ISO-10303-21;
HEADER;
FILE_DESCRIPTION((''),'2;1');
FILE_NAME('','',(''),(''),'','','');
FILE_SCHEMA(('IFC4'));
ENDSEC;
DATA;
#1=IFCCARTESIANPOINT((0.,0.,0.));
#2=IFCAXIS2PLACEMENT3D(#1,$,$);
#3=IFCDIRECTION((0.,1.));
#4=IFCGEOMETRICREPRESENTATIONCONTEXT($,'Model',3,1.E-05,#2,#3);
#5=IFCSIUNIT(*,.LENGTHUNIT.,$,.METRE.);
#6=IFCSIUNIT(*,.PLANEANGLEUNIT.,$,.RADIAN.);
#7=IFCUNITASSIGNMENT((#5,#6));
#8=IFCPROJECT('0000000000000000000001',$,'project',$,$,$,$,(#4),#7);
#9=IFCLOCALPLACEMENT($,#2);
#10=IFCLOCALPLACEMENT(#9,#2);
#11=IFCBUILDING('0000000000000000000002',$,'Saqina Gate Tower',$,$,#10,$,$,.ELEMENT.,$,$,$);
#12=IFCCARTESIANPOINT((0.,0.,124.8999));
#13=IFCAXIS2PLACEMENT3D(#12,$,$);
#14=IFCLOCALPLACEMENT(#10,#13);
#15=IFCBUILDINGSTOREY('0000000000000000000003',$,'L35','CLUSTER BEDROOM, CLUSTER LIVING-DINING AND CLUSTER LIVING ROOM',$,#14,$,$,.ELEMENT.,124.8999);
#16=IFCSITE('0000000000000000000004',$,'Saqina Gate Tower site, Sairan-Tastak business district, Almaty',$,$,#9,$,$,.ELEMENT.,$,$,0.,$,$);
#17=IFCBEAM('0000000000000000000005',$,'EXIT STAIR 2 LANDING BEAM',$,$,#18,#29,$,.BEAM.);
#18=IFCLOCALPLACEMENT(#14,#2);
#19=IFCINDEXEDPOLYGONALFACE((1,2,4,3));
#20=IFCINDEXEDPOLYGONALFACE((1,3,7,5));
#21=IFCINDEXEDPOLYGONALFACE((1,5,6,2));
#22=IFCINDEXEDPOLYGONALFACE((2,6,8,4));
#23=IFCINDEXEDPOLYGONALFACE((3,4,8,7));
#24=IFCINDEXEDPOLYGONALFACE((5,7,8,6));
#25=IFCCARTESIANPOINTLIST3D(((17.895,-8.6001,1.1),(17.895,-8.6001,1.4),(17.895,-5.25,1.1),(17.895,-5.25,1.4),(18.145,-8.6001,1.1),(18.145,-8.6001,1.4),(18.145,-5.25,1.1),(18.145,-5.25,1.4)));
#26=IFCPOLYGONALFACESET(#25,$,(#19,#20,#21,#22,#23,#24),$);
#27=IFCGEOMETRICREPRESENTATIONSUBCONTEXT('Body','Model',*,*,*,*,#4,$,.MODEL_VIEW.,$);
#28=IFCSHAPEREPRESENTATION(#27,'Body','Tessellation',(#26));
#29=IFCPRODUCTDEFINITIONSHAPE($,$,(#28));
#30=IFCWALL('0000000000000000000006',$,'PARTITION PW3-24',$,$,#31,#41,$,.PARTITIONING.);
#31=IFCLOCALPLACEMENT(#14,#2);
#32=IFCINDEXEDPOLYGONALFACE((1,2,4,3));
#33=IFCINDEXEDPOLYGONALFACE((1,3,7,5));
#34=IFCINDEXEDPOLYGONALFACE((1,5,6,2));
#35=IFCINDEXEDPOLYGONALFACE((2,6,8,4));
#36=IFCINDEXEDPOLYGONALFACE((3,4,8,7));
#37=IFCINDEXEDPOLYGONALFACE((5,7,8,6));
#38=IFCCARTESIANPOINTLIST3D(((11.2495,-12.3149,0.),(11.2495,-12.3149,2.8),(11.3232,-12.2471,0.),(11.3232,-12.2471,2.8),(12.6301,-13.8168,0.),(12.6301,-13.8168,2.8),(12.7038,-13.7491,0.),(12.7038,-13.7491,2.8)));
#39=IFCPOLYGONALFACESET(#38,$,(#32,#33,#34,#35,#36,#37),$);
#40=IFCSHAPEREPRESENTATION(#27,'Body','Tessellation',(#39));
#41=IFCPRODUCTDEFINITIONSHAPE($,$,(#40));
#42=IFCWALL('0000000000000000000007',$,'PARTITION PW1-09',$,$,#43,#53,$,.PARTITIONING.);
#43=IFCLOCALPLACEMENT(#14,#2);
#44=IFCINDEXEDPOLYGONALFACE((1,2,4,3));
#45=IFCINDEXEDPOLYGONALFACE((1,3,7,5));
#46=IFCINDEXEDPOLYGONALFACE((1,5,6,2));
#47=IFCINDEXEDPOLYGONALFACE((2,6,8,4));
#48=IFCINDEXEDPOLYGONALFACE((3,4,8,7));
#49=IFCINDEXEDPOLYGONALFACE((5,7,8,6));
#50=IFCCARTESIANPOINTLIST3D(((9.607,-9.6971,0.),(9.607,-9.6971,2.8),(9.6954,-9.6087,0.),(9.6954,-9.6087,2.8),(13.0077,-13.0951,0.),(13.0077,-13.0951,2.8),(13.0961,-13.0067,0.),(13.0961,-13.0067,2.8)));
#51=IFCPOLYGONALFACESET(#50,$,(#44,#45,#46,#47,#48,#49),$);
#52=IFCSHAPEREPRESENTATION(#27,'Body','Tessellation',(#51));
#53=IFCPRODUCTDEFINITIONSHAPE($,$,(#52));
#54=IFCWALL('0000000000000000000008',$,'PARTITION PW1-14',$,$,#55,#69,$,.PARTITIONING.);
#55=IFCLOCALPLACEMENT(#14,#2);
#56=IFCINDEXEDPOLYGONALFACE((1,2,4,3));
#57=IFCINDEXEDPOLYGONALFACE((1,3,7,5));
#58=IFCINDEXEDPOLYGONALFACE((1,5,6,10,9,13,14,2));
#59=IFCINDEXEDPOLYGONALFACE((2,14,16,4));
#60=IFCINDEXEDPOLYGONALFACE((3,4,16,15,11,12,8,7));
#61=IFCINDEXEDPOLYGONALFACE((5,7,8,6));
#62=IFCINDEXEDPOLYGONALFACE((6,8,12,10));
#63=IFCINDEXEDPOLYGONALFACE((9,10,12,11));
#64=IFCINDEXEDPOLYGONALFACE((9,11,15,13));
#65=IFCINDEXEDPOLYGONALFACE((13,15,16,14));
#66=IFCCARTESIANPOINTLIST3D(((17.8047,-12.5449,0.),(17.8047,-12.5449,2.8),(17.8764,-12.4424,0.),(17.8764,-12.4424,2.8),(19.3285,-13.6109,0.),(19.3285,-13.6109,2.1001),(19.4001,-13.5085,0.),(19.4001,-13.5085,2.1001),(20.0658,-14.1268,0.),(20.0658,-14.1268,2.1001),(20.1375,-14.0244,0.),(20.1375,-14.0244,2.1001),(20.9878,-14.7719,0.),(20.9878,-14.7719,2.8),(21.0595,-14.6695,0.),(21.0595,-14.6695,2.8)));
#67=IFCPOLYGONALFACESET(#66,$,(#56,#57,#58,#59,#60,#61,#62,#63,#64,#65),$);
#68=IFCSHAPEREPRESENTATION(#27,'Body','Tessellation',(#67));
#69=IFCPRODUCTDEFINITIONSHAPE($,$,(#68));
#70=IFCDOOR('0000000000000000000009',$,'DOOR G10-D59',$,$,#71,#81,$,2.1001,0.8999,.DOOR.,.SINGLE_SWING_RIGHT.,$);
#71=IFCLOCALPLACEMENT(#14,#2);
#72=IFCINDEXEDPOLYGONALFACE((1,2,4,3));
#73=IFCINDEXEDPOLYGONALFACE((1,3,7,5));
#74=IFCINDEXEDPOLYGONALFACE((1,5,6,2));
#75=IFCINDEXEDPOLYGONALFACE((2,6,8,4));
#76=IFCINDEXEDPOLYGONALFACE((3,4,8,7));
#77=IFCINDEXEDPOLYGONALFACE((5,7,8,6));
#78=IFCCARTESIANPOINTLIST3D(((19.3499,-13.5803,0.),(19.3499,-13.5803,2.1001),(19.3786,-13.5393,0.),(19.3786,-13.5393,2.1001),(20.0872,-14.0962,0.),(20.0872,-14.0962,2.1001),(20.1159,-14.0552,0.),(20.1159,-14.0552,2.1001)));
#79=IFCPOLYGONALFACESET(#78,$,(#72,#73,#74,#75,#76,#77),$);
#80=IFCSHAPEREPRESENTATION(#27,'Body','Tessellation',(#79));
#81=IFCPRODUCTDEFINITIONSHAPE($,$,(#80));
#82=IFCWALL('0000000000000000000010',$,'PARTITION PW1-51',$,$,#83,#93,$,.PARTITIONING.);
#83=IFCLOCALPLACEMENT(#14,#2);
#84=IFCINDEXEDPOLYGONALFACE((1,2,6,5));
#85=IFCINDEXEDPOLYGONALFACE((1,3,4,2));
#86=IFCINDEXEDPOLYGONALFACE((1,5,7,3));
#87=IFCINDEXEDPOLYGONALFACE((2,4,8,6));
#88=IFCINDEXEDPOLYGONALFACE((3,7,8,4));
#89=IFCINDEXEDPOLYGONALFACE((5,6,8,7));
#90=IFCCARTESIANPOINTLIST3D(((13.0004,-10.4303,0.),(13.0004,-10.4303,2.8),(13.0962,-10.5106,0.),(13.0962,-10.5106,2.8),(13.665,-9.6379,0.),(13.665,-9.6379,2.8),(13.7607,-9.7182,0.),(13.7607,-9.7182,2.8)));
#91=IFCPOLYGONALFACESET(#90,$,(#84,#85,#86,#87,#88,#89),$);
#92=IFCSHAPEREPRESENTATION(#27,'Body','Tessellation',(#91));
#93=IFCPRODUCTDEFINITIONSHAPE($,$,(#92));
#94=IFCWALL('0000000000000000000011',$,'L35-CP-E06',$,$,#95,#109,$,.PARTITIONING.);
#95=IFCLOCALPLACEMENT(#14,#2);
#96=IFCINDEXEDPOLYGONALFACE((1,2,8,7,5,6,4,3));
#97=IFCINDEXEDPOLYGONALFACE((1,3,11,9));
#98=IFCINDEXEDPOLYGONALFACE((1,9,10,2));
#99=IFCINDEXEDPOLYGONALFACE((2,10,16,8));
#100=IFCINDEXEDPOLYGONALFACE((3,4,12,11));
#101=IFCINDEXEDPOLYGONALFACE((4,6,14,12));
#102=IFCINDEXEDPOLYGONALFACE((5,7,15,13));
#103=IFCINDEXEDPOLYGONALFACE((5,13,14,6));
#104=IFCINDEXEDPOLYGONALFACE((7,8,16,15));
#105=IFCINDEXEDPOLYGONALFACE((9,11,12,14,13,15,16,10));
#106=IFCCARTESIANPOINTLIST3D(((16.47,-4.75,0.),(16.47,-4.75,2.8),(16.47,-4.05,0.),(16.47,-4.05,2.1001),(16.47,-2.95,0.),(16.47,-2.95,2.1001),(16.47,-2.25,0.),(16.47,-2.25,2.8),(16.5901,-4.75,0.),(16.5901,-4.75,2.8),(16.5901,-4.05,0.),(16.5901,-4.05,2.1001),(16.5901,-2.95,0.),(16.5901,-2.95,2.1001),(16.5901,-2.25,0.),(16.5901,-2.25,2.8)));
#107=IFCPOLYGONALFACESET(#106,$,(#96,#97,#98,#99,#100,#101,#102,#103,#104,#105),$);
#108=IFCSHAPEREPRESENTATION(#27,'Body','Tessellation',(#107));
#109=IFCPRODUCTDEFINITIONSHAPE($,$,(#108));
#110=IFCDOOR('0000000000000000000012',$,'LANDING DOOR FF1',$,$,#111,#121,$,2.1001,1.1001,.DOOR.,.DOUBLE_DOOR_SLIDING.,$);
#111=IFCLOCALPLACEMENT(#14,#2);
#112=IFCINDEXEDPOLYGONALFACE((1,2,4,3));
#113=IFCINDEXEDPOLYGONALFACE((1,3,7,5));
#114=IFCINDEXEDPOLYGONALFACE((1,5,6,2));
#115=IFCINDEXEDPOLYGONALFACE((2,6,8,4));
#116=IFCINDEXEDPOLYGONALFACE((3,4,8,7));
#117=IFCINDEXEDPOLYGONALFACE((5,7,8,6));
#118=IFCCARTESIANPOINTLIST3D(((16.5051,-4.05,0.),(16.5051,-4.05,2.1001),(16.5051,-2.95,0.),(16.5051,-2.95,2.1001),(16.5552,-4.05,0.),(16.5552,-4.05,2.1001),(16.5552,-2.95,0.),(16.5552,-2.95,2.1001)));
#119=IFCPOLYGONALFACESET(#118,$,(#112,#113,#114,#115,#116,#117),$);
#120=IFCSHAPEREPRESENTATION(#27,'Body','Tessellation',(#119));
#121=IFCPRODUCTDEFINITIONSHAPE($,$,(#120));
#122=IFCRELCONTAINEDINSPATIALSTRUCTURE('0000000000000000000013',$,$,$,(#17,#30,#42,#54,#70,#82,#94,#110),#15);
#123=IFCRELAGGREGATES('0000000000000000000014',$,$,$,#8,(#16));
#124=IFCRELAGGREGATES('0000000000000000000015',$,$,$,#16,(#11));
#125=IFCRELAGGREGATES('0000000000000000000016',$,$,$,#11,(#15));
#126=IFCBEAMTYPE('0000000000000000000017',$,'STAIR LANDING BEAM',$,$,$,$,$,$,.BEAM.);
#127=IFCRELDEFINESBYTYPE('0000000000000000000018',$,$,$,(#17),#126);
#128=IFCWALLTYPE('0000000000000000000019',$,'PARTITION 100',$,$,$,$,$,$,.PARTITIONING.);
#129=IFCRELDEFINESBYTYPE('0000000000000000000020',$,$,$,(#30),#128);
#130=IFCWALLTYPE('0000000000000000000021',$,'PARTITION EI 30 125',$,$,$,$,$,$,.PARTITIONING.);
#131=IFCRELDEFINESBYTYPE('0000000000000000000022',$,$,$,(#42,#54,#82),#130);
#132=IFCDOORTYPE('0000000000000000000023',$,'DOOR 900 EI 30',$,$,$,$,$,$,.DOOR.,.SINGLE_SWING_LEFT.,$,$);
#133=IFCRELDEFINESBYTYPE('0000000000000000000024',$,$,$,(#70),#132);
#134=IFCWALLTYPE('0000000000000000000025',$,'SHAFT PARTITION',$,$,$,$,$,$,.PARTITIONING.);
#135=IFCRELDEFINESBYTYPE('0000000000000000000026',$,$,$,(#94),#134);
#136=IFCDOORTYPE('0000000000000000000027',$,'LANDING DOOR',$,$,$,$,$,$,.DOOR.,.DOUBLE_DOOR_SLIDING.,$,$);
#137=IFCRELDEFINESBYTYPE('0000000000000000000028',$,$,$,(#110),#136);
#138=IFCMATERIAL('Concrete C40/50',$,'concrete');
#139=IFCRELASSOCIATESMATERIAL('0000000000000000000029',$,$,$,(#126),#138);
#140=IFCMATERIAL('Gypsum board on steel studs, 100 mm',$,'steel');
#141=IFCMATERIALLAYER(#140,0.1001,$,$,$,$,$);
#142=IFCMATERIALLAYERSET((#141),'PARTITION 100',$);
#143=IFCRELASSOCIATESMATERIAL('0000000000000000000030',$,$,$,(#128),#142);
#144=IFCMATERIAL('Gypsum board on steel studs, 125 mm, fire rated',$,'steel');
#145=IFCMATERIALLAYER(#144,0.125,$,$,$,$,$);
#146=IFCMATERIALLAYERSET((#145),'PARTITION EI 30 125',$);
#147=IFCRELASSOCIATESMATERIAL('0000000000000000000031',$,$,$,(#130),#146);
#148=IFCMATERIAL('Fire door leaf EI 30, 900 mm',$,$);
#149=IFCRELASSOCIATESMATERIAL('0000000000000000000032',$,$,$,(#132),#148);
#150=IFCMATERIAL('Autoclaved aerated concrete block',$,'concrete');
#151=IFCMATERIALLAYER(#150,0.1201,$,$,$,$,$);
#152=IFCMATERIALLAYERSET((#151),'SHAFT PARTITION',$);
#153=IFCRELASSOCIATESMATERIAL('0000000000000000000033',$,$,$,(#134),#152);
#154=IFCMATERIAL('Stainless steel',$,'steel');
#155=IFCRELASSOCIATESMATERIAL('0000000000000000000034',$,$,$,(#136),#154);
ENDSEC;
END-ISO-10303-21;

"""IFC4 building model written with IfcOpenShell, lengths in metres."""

from ifc_helpers import new_model, si_unit, direction, frame, frame_2d, origin, origin_2d, place, context, subcontext, project, spatial, rectangle, extrude, material, layer, layer_set, material_profile, profile_set, type_object, element, fill, save


model = new_model("IFC4")

# Units and contexts
model_context = context("Model", 3, precision=1e-05, world=origin(), true_north=direction((0.0, 1.0)))
body_context = subcontext(model_context, "Body", "Model", "MODEL_VIEW")
ifc_project = project(units=[si_unit("LENGTHUNIT", "METRE"), si_unit("PLANEANGLEUNIT", "RADIAN")], contexts=[model_context])

# Site, building, storey
site_placement = place(None, origin())
site = spatial("IfcSite", under=ifc_project, at=site_placement, Name="Saqina Gate Tower site, Sairan-Tastak business district, Almaty", CompositionType="ELEMENT", RefElevation=0.0)
building_placement = place(site_placement, origin())
building = spatial("IfcBuilding", under=site, at=building_placement, Name="Saqina Gate Tower", CompositionType="ELEMENT")
storey_placement = place(building_placement, frame((0.0, 0.0, 124.8999)))
storey = spatial("IfcBuildingStorey", under=building, at=storey_placement, Name="L35", Description="CLUSTER BEDROOM, CLUSTER LIVING-DINING AND CLUSTER LIVING ROOM", CompositionType="ELEMENT", Elevation=124.8999)

# Beam
ifc_material_1 = material(Name="Concrete C40/50", Category="concrete")
ifc_material_profile = material_profile(ifc_material_1, rectangle(XDim=0.25, YDim=0.3, at=origin_2d()), Name="STAIR LANDING BEAM")
ifc_profile_set = profile_set([ifc_material_profile], Name="Concrete C40/50")
beam_type = type_object("IfcBeamType", Name="STAIR LANDING BEAM", PredefinedType="BEAM", material=ifc_profile_set)
beam_placement = place(storey_placement, frame((18.02, -8.6001, 1.25), z_axis=(0.0, 1.0, 0.0), x_axis=(-1.0, 0.0, 0.0)))
element("IfcBeam", 1, at=beam_placement, inside=storey, type_object=beam_type, Name="EXIT STAIR 2 LANDING BEAM", PredefinedType="BEAM", context=body_context, shape_type="SweptSolid", body=[
    extrude(rectangle(XDim=0.25, YDim=0.3, at=origin_2d()), origin(), (0.0, 0.0, 1.0), 3.3501),
])

# Walls
ifc_material_2 = material(Name="Gypsum board on steel studs, 100 mm", Category="steel")
ifc_layer_1 = layer(ifc_material_2, 0.1001)
ifc_layer_set_1 = layer_set([ifc_layer_1], Name="PARTITION 100")
wall_type_1 = type_object("IfcWallType", Name="PARTITION 100", PredefinedType="PARTITIONING", material=ifc_layer_set_1)
wall_1_placement = place(storey_placement, frame((11.2864, -12.281, 0.0), z_axis=(0.0, 0.0, 1.0), x_axis=(0.676743, -0.73622, 0.0)))
element("IfcWall", 2, at=wall_1_placement, inside=storey, type_object=wall_type_1, Name="PARTITION PW3-24", PredefinedType="PARTITIONING", context=body_context, shape_type="SweptSolid", body=[
    extrude(rectangle(XDim=2.04, YDim=0.1001, at=frame_2d((1.02, 0.0))), origin(), (0.0, 0.0, 1.0), 2.8),
])
ifc_material_3 = material(Name="Gypsum board on steel studs, 125 mm, fire rated", Category="steel")
ifc_layer_2 = layer(ifc_material_3, 0.125)
ifc_layer_set_2 = layer_set([ifc_layer_2], Name="PARTITION EI 30 125")
wall_type_2 = type_object("IfcWallType", Name="PARTITION EI 30 125", PredefinedType="PARTITIONING", material=ifc_layer_set_2)
wall_2_placement = place(storey_placement, frame((9.6511, -9.6528, 0.0), z_axis=(0.0, 0.0, 1.0), x_axis=(0.707386, -0.706827, 0.0)))
element("IfcWall", 3, at=wall_2_placement, inside=storey, type_object=wall_type_2, Name="PARTITION PW1-09", PredefinedType="PARTITIONING", context=body_context, shape_type="SweptSolid", body=[
    extrude(rectangle(XDim=4.8074, YDim=0.125, at=frame_2d((2.4038, 0.0))), origin(), (0.0, 0.0, 1.0), 2.8),
])

# Wall, opening, door
wall_3_placement = place(storey_placement, frame((17.8406, -12.4937, 0.0), z_axis=(0.0, 0.0, 1.0), x_axis=(0.819368, -0.573268, 0.0)))
wall_3 = element("IfcWall", 4, at=wall_3_placement, inside=storey, type_object=wall_type_2, Name="PARTITION PW1-14", PredefinedType="PARTITIONING", context=body_context, shape_type="SweptSolid", body=[
    extrude(rectangle(XDim=3.8848, YDim=0.125, at=frame_2d((1.9424, 0.0))), origin(), (0.0, 0.0, 1.0), 2.8),
])
opening_1_placement = place(wall_3_placement, frame((1.8596, 0.0, 0.0)))
opening_1 = element("IfcOpeningElement", 5, at=opening_1_placement, cuts=wall_3, PredefinedType="OPENING", context=body_context, shape_type="SweptSolid", body=[
    extrude(rectangle(XDim=0.8999, YDim=2.1001, at=frame_2d((0.45, 1.05))), frame((0.0, 0.0745, 0.0), z_axis=(0.0, -1.0, 0.0), x_axis=(1.0, 0.0, 0.0)), (0.0, 0.0, 1.0), 0.1489),
])
ifc_material_4 = material(Name="Fire door leaf EI 30, 900 mm")
door_type_1 = type_object("IfcDoorType", Name="DOOR 900 EI 30", OperationType="SINGLE_SWING_LEFT", PredefinedType="DOOR", material=ifc_material_4)
door_1_placement = place(opening_1_placement, origin())
door_1 = element("IfcDoor", 6, at=door_1_placement, inside=storey, type_object=door_type_1, Name="DOOR G10-D59", OperationType="SINGLE_SWING_RIGHT", OverallHeight=2.1001, OverallWidth=0.8999, PredefinedType="DOOR", context=body_context, shape_type="SweptSolid", body=[
    extrude(rectangle(XDim=0.8999, YDim=2.1001, at=frame_2d((0.45, 1.05))), frame((0.0, 0.0249, 0.0), z_axis=(0.0, -1.0, 0.0), x_axis=(1.0, 0.0, 0.0)), (0.0, 0.0, 1.0), 0.05),
])
fill(opening_1, door_1)

# Wall
wall_4_placement = place(storey_placement, frame((13.0483, -10.4705, 0.0), z_axis=(0.0, 0.0, 1.0), x_axis=(0.64255, 0.766244, 0.0)))
element("IfcWall", 7, at=wall_4_placement, inside=storey, type_object=wall_type_2, Name="PARTITION PW1-51", PredefinedType="PARTITIONING", context=body_context, shape_type="SweptSolid", body=[
    extrude(rectangle(XDim=1.0342, YDim=0.125, at=frame_2d((0.5171, 0.0))), origin(), (0.0, 0.0, 1.0), 2.8),
])

# Wall, opening, door
ifc_material_5 = material(Name="Autoclaved aerated concrete block", Category="concrete")
ifc_layer_3 = layer(ifc_material_5, 0.1201)
ifc_layer_set_3 = layer_set([ifc_layer_3], Name="SHAFT PARTITION")
wall_type_3 = type_object("IfcWallType", Name="SHAFT PARTITION", PredefinedType="PARTITIONING", material=ifc_layer_set_3)
wall_5_placement = place(storey_placement, frame((16.53, -4.75, 0.0), z_axis=(0.0, 0.0, 1.0), x_axis=(0.0, 1.0, 0.0)))
wall_5 = element("IfcWall", 8, at=wall_5_placement, inside=storey, type_object=wall_type_3, Name="L35-CP-E06", PredefinedType="PARTITIONING", context=body_context, shape_type="SweptSolid", body=[
    extrude(rectangle(XDim=2.5, YDim=0.1201, at=frame_2d((1.25, 0.0))), origin(), (0.0, 0.0, 1.0), 2.8),
])
opening_2_placement = place(wall_5_placement, frame((0.7, 0.0, 0.0)))
opening_2 = element("IfcOpeningElement", 9, at=opening_2_placement, cuts=wall_5, PredefinedType="OPENING", context=body_context, shape_type="SweptSolid", body=[
    extrude(rectangle(XDim=1.1001, YDim=2.1001, at=frame_2d((0.55, 1.05))), frame((0.0, 0.072, 0.0), z_axis=(0.0, -1.0, 0.0), x_axis=(1.0, 0.0, 0.0)), (0.0, 0.0, 1.0), 0.144),
])
ifc_material_6 = material(Name="Stainless steel", Category="steel")
door_type_2 = type_object("IfcDoorType", Name="LANDING DOOR", OperationType="DOUBLE_DOOR_SLIDING", PredefinedType="DOOR", material=ifc_material_6)
door_2_placement = place(opening_2_placement, origin())
door_2 = element("IfcDoor", 10, at=door_2_placement, inside=storey, type_object=door_type_2, Name="LANDING DOOR FF1", OperationType="DOUBLE_DOOR_SLIDING", OverallHeight=2.1001, OverallWidth=1.1001, PredefinedType="DOOR", context=body_context, shape_type="SweptSolid", body=[
    extrude(rectangle(XDim=1.1001, YDim=2.1001, at=frame_2d((0.55, 1.05))), frame((0.0, 0.0249, 0.0), z_axis=(0.0, -1.0, 0.0), x_axis=(1.0, 0.0, 0.0)), (0.0, 0.0, 1.0), 0.05),
])
fill(opening_2, door_2)

save(model, "model.ifc")
